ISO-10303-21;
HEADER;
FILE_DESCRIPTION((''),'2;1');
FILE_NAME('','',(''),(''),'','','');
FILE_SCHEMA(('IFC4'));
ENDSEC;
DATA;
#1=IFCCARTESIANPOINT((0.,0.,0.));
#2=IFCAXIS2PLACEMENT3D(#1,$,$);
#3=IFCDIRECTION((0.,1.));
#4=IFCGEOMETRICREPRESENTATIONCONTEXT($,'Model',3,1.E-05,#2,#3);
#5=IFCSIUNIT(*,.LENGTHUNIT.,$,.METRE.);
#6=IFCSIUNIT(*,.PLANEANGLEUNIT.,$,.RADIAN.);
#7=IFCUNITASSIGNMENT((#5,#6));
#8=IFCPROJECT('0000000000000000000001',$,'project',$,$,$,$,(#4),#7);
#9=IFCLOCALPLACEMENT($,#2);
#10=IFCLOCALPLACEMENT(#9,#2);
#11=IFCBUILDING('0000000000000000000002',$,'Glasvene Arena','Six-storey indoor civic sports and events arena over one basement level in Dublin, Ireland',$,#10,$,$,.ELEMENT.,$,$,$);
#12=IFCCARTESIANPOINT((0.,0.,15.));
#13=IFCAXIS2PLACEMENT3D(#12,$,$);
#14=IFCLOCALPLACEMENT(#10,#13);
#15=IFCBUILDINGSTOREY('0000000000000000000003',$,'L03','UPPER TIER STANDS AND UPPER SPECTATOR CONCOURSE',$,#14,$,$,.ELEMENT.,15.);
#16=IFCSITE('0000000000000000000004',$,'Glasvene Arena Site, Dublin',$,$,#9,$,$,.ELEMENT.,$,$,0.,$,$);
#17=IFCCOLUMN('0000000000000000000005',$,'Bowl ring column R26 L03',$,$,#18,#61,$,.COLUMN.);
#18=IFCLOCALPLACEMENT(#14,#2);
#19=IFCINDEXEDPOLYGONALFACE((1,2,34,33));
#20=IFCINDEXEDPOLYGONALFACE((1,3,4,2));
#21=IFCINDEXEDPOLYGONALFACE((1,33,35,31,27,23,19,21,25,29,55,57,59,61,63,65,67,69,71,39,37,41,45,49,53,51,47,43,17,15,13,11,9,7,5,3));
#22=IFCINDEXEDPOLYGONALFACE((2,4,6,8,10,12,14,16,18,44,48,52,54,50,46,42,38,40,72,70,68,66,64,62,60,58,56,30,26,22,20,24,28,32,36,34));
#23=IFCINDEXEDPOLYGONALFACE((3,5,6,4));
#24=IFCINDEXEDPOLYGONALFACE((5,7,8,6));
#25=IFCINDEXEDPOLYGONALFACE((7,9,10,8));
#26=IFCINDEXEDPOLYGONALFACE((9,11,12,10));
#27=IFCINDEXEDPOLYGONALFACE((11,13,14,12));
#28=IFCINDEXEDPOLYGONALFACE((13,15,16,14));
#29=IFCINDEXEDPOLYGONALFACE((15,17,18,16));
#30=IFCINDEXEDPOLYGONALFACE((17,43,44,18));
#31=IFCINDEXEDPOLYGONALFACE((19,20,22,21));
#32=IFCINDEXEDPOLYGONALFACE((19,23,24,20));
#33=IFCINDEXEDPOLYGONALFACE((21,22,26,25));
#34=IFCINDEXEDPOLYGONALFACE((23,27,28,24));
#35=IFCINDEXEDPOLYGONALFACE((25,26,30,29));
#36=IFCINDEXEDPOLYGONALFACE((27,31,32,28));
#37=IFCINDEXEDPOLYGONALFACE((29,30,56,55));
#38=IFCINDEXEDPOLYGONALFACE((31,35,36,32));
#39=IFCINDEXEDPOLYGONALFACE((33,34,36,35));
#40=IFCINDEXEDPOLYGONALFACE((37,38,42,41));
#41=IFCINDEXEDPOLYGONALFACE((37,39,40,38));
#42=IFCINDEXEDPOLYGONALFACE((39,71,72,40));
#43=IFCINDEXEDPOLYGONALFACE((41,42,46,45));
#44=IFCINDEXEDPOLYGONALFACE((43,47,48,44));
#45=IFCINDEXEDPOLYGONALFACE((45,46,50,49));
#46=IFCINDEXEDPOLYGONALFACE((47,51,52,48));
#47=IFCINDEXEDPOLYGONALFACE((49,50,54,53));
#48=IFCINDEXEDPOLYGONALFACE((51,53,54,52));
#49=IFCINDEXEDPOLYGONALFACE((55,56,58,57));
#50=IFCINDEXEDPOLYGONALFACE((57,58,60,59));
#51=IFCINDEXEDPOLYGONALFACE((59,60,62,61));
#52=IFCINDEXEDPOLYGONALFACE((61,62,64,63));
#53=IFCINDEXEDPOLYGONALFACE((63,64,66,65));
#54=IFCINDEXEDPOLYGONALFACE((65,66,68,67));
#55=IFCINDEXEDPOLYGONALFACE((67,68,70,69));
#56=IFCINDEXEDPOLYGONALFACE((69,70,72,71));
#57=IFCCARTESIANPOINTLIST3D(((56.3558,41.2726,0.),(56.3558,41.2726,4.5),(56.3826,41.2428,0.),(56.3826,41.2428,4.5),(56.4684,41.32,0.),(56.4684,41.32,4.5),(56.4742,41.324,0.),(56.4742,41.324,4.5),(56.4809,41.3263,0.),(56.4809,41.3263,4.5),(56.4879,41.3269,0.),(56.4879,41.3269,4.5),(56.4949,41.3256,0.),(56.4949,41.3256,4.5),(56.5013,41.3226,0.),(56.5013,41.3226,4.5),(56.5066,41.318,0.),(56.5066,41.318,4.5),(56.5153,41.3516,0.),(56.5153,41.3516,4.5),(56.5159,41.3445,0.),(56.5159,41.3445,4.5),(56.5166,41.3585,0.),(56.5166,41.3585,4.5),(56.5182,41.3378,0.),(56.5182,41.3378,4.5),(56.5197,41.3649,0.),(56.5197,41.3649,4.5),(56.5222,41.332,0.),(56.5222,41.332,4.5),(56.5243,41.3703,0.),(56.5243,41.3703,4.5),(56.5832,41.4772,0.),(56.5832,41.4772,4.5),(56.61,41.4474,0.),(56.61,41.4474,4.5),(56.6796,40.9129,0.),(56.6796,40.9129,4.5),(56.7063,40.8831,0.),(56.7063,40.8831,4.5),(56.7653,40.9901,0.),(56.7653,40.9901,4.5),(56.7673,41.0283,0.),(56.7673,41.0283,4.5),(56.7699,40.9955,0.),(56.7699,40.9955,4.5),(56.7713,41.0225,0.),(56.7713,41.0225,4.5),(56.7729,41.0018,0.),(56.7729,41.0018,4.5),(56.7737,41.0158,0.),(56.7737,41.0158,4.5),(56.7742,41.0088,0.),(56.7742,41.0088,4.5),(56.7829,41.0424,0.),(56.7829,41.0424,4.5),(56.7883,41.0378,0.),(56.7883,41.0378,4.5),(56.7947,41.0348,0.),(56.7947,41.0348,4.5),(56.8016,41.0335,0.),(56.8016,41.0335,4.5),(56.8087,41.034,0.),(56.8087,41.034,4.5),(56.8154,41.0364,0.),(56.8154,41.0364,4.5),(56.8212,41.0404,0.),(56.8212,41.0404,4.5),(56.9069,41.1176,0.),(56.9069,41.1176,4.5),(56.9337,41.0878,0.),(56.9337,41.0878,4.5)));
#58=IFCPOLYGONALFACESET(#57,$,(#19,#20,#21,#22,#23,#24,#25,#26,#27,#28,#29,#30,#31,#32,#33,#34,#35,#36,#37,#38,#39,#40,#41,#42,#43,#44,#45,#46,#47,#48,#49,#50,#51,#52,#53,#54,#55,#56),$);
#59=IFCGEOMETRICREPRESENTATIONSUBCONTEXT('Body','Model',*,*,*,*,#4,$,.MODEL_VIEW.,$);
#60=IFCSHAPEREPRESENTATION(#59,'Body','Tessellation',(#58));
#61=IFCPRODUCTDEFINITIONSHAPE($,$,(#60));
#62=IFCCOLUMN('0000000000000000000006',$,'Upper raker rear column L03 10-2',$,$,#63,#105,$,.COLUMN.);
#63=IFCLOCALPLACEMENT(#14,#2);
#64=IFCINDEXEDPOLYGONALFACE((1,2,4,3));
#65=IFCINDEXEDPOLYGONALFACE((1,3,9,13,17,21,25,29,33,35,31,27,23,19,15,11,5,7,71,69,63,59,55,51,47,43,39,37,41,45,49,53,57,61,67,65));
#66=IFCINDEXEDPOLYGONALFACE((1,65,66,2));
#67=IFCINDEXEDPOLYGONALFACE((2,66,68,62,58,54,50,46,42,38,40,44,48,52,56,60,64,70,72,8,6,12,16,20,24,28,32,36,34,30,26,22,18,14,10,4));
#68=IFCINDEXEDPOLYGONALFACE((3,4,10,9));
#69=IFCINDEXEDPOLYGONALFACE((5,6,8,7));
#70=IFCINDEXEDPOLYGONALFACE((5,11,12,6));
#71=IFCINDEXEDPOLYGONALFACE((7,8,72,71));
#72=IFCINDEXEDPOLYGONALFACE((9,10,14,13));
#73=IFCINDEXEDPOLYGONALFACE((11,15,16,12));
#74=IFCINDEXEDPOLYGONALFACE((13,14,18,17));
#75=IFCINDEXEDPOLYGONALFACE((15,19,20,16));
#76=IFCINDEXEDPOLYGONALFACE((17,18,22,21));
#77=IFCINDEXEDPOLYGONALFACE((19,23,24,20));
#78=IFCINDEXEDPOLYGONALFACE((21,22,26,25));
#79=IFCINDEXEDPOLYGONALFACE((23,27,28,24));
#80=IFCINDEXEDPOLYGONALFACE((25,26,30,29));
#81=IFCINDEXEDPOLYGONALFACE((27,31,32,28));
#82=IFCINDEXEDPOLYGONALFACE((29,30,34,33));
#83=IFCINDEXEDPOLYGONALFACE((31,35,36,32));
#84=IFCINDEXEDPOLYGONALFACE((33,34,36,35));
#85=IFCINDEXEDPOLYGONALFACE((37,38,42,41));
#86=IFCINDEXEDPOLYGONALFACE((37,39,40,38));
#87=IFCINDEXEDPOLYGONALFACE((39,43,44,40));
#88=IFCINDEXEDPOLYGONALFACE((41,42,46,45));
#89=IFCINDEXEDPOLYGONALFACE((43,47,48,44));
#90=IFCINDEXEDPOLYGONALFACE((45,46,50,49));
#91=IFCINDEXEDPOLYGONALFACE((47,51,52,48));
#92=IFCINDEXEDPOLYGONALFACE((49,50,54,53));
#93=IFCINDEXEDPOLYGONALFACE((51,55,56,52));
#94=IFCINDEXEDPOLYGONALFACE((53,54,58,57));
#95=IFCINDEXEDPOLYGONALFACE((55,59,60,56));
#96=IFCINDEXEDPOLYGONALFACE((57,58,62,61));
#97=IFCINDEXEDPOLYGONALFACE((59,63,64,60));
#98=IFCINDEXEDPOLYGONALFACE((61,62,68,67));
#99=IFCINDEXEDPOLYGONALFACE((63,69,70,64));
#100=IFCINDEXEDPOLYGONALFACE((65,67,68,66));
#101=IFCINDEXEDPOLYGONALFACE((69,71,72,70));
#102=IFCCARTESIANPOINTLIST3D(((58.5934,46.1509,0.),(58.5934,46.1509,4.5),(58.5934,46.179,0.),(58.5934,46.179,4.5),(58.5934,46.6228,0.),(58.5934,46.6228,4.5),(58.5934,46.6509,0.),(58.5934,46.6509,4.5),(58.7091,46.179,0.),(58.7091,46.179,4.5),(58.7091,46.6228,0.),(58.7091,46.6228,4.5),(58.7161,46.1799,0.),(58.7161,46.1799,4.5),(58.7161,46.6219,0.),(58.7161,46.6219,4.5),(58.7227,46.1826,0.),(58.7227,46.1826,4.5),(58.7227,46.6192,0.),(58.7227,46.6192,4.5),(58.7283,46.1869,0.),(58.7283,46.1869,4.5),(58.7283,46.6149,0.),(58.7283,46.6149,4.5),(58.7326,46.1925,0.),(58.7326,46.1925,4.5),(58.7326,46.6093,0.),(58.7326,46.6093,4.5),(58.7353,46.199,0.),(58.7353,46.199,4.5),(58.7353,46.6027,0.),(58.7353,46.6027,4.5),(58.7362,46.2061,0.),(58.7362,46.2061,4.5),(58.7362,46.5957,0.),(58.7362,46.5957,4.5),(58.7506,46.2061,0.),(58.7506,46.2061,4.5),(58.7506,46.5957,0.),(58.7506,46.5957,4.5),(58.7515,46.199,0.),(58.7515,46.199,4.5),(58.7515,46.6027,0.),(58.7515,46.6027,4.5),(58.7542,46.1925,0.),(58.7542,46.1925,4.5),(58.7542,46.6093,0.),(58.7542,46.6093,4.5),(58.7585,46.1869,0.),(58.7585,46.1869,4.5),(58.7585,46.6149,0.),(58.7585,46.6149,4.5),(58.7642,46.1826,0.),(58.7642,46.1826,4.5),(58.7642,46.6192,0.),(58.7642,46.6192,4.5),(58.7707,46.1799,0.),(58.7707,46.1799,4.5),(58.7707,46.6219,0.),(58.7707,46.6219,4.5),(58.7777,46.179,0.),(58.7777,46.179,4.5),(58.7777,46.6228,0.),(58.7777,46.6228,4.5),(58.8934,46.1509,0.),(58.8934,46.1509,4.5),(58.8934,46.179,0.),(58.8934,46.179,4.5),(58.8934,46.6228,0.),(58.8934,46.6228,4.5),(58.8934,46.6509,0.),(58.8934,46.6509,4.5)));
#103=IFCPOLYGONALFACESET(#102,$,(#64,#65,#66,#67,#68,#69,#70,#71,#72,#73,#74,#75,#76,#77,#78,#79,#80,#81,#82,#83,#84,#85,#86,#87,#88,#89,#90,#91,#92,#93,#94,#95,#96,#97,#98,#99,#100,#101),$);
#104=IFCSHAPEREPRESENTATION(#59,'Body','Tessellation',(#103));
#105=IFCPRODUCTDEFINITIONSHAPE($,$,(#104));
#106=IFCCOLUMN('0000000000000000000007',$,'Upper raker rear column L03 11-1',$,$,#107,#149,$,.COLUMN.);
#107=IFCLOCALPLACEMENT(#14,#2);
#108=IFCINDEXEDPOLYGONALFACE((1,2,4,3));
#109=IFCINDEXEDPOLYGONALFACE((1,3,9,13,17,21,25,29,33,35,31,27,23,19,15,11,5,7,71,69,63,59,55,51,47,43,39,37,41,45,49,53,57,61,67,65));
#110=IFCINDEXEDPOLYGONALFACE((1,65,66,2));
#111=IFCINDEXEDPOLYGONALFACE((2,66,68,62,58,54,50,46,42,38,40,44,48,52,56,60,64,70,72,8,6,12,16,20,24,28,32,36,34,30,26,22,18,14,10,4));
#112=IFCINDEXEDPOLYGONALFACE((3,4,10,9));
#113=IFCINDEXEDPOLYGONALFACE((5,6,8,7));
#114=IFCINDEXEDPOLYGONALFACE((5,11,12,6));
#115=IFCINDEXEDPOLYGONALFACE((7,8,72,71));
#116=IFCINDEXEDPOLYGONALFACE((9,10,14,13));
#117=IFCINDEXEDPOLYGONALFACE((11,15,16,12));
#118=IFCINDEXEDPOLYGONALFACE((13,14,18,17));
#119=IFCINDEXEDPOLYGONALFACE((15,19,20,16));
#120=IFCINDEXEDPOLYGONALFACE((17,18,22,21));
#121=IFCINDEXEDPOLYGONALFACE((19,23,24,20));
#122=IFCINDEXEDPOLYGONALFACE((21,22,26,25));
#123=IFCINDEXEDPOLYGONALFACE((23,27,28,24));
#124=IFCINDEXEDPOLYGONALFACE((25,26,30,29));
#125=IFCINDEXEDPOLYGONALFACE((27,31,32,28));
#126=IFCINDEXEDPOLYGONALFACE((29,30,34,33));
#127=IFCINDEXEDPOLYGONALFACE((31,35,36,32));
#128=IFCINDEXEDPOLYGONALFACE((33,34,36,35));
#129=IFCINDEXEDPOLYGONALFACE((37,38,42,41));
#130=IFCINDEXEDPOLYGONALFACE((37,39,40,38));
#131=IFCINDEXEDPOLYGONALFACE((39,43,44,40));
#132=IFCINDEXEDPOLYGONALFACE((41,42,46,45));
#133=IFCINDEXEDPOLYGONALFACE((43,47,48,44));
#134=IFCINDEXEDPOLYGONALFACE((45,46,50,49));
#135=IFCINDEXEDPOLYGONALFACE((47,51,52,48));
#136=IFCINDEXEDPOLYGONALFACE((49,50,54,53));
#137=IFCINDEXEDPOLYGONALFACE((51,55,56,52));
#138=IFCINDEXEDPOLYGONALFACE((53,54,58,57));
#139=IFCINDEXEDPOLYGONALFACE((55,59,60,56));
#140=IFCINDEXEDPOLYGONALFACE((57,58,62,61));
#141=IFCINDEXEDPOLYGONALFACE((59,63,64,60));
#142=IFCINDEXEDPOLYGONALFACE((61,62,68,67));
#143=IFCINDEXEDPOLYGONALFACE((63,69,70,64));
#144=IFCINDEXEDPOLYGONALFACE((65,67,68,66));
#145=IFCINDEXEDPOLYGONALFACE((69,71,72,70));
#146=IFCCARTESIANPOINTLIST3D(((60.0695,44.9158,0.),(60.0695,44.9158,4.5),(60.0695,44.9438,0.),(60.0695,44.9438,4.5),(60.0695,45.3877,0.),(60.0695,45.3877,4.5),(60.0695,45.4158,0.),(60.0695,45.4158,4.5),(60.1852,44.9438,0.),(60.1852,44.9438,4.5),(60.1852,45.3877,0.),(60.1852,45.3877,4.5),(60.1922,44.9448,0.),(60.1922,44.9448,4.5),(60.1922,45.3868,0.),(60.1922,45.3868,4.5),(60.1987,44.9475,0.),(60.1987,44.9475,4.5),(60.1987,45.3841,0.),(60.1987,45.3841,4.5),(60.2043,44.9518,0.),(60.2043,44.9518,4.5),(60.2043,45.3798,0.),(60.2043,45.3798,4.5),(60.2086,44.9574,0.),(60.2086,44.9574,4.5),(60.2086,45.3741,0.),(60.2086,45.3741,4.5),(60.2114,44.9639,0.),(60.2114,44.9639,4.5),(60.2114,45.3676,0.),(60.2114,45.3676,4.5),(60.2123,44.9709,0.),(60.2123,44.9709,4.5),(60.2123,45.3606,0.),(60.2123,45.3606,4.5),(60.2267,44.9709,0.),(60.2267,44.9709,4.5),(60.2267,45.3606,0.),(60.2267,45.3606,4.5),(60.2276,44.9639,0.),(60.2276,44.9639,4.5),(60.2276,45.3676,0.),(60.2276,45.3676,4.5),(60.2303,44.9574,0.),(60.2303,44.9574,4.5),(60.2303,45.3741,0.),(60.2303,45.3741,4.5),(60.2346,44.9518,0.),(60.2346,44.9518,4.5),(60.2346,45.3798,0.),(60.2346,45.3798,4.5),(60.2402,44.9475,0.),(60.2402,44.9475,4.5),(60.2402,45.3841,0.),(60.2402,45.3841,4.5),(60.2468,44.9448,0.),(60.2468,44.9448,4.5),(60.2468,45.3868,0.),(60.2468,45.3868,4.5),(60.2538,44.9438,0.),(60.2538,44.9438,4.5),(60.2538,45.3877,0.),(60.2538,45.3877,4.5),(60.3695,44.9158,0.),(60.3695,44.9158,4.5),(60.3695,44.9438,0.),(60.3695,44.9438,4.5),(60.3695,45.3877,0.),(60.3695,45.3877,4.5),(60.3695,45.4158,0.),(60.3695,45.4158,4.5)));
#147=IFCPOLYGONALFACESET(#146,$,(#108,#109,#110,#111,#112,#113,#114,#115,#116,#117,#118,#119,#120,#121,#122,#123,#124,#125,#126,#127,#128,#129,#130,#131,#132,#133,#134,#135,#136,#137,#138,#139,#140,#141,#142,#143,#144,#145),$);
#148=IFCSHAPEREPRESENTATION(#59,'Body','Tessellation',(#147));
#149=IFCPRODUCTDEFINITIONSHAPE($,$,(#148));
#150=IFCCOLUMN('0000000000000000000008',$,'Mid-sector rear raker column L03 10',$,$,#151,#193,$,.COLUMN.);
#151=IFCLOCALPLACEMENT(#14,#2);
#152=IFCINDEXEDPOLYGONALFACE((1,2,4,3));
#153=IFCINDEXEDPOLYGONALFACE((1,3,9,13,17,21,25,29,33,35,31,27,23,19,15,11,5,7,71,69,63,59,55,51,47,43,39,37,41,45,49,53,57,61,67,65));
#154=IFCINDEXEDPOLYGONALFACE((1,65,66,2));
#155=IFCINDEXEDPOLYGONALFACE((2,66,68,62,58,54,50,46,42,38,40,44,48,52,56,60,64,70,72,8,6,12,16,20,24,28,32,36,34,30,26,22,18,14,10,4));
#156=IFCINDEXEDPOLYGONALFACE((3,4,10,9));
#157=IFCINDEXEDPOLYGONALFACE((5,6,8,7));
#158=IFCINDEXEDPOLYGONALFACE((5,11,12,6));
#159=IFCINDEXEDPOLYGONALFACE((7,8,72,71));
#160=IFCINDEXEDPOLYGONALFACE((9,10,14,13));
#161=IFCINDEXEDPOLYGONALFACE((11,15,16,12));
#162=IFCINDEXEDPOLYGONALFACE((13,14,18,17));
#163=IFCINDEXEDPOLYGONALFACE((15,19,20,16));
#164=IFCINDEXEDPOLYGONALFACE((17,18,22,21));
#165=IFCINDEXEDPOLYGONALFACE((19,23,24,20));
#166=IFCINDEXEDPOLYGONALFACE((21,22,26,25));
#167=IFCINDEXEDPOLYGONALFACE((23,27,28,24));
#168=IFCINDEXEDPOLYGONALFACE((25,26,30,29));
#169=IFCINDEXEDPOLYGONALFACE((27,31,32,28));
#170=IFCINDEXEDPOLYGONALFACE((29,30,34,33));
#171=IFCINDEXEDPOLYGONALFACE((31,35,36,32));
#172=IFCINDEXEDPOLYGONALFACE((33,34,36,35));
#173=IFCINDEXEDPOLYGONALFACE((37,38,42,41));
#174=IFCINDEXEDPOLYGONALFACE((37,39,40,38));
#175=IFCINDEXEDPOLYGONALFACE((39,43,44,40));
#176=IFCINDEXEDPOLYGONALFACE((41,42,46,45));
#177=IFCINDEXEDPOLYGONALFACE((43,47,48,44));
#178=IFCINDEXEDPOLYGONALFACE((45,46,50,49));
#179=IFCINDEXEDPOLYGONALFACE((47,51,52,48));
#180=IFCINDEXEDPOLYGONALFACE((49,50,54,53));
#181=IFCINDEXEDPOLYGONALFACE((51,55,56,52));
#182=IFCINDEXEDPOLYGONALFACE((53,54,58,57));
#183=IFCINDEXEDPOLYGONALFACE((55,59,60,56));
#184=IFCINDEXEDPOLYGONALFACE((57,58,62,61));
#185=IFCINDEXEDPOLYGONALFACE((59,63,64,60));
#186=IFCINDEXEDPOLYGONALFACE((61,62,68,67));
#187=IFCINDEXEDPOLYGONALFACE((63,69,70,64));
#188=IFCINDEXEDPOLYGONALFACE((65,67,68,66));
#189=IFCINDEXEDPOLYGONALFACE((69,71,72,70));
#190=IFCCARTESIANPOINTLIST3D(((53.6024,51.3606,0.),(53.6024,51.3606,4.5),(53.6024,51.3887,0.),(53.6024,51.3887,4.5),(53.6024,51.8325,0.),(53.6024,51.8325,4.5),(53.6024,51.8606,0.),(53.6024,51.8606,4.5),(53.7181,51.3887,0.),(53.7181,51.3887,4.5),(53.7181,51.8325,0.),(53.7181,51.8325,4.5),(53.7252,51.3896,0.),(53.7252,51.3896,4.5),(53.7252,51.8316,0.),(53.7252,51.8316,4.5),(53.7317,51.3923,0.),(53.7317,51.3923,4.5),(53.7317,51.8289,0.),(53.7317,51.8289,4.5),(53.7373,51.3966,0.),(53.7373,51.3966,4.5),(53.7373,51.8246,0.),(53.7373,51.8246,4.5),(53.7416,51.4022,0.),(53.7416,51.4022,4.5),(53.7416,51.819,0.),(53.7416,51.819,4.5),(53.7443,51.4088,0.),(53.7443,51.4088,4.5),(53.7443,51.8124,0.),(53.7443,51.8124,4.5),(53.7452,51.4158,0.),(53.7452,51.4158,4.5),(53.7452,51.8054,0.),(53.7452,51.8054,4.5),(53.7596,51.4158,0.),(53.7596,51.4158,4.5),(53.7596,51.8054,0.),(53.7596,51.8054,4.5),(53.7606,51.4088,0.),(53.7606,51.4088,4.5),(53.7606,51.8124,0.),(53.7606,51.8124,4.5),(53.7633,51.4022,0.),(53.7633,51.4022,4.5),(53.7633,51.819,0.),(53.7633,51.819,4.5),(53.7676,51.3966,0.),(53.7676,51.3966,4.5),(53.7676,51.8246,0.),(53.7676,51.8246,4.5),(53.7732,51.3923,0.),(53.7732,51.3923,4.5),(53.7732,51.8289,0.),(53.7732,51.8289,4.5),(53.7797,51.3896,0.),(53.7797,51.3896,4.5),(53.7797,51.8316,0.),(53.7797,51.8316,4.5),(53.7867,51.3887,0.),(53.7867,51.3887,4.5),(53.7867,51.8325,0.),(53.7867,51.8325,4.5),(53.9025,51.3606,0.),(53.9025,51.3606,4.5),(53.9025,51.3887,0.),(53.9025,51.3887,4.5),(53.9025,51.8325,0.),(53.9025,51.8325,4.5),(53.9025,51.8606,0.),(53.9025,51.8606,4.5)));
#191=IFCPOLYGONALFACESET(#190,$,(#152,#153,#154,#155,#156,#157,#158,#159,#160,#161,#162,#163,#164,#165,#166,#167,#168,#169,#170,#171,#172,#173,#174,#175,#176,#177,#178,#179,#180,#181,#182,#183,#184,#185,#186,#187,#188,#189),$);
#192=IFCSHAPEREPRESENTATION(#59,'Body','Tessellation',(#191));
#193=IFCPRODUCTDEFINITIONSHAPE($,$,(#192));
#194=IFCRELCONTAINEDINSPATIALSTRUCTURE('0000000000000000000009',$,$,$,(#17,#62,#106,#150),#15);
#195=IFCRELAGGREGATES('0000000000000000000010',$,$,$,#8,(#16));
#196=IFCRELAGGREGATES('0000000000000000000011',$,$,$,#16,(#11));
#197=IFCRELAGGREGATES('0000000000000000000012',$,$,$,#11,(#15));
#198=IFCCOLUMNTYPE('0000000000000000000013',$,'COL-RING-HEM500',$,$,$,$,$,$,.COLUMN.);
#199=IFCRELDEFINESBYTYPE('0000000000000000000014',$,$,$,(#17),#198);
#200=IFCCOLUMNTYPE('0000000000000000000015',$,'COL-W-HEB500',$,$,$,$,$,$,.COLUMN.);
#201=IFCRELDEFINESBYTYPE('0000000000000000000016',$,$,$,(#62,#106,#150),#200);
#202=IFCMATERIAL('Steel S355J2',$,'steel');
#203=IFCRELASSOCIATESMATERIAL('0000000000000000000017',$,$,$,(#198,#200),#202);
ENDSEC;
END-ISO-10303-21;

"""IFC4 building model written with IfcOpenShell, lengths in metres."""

from ifc_helpers import new_model, si_unit, direction, frame, origin, origin_2d, place, context, subcontext, project, spatial, i_section, extrude, material, material_profile, profile_set, type_object, element, save


model = new_model("IFC4")

# Units and contexts
model_context = context("Model", 3, precision=1e-05, world=origin(), true_north=direction((0.0, 1.0)))
body_context = subcontext(model_context, "Body", "Model", "MODEL_VIEW")
ifc_project = project(units=[si_unit("LENGTHUNIT", "METRE"), si_unit("PLANEANGLEUNIT", "RADIAN")], contexts=[model_context])

# Site, building, storey
site_placement = place(None, origin())
site = spatial("IfcSite", under=ifc_project, at=site_placement, Name="Glasvene Arena Site, Dublin", CompositionType="ELEMENT", RefElevation=0.0)
building_placement = place(site_placement, origin())
building = spatial("IfcBuilding", under=site, at=building_placement, Name="Glasvene Arena", Description="Six-storey indoor civic sports and events arena over one basement level in Dublin, Ireland", CompositionType="ELEMENT")
storey_placement = place(building_placement, frame((0.0, 0.0, 15.0)))
storey = spatial("IfcBuildingStorey", under=building, at=storey_placement, Name="L03", Description="UPPER TIER STANDS AND UPPER SPECTATOR CONCOURSE", CompositionType="ELEMENT", Elevation=15.0)

# Columns
ifc_material_1 = material(Name="Steel S355J2", Category="steel")
ifc_material_profile_1 = material_profile(ifc_material_1, i_section(OverallWidth=0.3059, OverallDepth=0.5239, WebThickness=0.021, FlangeThickness=0.04, FilletRadius=0.0271, at=origin_2d()), Name="HEM 500")
ifc_profile_set_1 = profile_set([ifc_material_profile_1], Name="Steel S355J2")
column_type_1 = type_object("IfcColumnType", Name="COL-RING-HEM500", PredefinedType="COLUMN", material=ifc_profile_set_1)
column_placement = place(storey_placement, frame((56.6448, 41.1802, 0.0), z_axis=(0.0, 0.0, 1.0), x_axis=(-0.743262, -0.669001, 0.0)))
element("IfcColumn", 1, at=column_placement, inside=storey, type_object=column_type_1, Name="Bowl ring column R26 L03", PredefinedType="COLUMN", context=body_context, shape_type="SweptSolid", body=[
    extrude(i_section(OverallWidth=0.3059, OverallDepth=0.5239, WebThickness=0.021, FlangeThickness=0.04, FilletRadius=0.0271, at=origin_2d()), origin(), (0.0, 0.0, 1.0), 4.5),
])
ifc_material_profile_2 = material_profile(ifc_material_1, i_section(OverallWidth=0.3, OverallDepth=0.5, WebThickness=0.0144, FlangeThickness=0.0281, FilletRadius=0.0271, at=origin_2d()), Name="HEB 500")
ifc_profile_set_2 = profile_set([ifc_material_profile_2], Name="Steel S355J2")
column_type_2 = type_object("IfcColumnType", Name="COL-W-HEB500", PredefinedType="COLUMN", material=ifc_profile_set_2)
for number, where, z_axis, x_axis, name in (
    (2, (58.7434, 46.4009, 0.0), (0.0, 0.0, 1.0), (1.0, 0.0, 0.0), "Upper raker rear column L03 10-2"),
    (3, (60.2195, 45.1658, 0.0), (0.0, 0.0, 1.0), (1.0, 0.0, 0.0), "Upper raker rear column L03 11-1"),
    (4, (53.7524, 51.6106, 0.0), (0.0, 0.0, 1.0), (1.0, 0.0, 0.0), "Mid-sector rear raker column L03 10"),
):
    element("IfcColumn", number, at=place(storey_placement, frame(where, z_axis=z_axis, x_axis=x_axis)), inside=storey, type_object=column_type_2, Name=name, PredefinedType="COLUMN", context=body_context, shape_type="SweptSolid", body=[
        extrude(i_section(OverallWidth=0.3, OverallDepth=0.5, WebThickness=0.0144, FlangeThickness=0.0281, FilletRadius=0.0271, at=origin_2d()), origin(), (0.0, 0.0, 1.0), 4.5),
    ])

save(model, "model.ifc")
